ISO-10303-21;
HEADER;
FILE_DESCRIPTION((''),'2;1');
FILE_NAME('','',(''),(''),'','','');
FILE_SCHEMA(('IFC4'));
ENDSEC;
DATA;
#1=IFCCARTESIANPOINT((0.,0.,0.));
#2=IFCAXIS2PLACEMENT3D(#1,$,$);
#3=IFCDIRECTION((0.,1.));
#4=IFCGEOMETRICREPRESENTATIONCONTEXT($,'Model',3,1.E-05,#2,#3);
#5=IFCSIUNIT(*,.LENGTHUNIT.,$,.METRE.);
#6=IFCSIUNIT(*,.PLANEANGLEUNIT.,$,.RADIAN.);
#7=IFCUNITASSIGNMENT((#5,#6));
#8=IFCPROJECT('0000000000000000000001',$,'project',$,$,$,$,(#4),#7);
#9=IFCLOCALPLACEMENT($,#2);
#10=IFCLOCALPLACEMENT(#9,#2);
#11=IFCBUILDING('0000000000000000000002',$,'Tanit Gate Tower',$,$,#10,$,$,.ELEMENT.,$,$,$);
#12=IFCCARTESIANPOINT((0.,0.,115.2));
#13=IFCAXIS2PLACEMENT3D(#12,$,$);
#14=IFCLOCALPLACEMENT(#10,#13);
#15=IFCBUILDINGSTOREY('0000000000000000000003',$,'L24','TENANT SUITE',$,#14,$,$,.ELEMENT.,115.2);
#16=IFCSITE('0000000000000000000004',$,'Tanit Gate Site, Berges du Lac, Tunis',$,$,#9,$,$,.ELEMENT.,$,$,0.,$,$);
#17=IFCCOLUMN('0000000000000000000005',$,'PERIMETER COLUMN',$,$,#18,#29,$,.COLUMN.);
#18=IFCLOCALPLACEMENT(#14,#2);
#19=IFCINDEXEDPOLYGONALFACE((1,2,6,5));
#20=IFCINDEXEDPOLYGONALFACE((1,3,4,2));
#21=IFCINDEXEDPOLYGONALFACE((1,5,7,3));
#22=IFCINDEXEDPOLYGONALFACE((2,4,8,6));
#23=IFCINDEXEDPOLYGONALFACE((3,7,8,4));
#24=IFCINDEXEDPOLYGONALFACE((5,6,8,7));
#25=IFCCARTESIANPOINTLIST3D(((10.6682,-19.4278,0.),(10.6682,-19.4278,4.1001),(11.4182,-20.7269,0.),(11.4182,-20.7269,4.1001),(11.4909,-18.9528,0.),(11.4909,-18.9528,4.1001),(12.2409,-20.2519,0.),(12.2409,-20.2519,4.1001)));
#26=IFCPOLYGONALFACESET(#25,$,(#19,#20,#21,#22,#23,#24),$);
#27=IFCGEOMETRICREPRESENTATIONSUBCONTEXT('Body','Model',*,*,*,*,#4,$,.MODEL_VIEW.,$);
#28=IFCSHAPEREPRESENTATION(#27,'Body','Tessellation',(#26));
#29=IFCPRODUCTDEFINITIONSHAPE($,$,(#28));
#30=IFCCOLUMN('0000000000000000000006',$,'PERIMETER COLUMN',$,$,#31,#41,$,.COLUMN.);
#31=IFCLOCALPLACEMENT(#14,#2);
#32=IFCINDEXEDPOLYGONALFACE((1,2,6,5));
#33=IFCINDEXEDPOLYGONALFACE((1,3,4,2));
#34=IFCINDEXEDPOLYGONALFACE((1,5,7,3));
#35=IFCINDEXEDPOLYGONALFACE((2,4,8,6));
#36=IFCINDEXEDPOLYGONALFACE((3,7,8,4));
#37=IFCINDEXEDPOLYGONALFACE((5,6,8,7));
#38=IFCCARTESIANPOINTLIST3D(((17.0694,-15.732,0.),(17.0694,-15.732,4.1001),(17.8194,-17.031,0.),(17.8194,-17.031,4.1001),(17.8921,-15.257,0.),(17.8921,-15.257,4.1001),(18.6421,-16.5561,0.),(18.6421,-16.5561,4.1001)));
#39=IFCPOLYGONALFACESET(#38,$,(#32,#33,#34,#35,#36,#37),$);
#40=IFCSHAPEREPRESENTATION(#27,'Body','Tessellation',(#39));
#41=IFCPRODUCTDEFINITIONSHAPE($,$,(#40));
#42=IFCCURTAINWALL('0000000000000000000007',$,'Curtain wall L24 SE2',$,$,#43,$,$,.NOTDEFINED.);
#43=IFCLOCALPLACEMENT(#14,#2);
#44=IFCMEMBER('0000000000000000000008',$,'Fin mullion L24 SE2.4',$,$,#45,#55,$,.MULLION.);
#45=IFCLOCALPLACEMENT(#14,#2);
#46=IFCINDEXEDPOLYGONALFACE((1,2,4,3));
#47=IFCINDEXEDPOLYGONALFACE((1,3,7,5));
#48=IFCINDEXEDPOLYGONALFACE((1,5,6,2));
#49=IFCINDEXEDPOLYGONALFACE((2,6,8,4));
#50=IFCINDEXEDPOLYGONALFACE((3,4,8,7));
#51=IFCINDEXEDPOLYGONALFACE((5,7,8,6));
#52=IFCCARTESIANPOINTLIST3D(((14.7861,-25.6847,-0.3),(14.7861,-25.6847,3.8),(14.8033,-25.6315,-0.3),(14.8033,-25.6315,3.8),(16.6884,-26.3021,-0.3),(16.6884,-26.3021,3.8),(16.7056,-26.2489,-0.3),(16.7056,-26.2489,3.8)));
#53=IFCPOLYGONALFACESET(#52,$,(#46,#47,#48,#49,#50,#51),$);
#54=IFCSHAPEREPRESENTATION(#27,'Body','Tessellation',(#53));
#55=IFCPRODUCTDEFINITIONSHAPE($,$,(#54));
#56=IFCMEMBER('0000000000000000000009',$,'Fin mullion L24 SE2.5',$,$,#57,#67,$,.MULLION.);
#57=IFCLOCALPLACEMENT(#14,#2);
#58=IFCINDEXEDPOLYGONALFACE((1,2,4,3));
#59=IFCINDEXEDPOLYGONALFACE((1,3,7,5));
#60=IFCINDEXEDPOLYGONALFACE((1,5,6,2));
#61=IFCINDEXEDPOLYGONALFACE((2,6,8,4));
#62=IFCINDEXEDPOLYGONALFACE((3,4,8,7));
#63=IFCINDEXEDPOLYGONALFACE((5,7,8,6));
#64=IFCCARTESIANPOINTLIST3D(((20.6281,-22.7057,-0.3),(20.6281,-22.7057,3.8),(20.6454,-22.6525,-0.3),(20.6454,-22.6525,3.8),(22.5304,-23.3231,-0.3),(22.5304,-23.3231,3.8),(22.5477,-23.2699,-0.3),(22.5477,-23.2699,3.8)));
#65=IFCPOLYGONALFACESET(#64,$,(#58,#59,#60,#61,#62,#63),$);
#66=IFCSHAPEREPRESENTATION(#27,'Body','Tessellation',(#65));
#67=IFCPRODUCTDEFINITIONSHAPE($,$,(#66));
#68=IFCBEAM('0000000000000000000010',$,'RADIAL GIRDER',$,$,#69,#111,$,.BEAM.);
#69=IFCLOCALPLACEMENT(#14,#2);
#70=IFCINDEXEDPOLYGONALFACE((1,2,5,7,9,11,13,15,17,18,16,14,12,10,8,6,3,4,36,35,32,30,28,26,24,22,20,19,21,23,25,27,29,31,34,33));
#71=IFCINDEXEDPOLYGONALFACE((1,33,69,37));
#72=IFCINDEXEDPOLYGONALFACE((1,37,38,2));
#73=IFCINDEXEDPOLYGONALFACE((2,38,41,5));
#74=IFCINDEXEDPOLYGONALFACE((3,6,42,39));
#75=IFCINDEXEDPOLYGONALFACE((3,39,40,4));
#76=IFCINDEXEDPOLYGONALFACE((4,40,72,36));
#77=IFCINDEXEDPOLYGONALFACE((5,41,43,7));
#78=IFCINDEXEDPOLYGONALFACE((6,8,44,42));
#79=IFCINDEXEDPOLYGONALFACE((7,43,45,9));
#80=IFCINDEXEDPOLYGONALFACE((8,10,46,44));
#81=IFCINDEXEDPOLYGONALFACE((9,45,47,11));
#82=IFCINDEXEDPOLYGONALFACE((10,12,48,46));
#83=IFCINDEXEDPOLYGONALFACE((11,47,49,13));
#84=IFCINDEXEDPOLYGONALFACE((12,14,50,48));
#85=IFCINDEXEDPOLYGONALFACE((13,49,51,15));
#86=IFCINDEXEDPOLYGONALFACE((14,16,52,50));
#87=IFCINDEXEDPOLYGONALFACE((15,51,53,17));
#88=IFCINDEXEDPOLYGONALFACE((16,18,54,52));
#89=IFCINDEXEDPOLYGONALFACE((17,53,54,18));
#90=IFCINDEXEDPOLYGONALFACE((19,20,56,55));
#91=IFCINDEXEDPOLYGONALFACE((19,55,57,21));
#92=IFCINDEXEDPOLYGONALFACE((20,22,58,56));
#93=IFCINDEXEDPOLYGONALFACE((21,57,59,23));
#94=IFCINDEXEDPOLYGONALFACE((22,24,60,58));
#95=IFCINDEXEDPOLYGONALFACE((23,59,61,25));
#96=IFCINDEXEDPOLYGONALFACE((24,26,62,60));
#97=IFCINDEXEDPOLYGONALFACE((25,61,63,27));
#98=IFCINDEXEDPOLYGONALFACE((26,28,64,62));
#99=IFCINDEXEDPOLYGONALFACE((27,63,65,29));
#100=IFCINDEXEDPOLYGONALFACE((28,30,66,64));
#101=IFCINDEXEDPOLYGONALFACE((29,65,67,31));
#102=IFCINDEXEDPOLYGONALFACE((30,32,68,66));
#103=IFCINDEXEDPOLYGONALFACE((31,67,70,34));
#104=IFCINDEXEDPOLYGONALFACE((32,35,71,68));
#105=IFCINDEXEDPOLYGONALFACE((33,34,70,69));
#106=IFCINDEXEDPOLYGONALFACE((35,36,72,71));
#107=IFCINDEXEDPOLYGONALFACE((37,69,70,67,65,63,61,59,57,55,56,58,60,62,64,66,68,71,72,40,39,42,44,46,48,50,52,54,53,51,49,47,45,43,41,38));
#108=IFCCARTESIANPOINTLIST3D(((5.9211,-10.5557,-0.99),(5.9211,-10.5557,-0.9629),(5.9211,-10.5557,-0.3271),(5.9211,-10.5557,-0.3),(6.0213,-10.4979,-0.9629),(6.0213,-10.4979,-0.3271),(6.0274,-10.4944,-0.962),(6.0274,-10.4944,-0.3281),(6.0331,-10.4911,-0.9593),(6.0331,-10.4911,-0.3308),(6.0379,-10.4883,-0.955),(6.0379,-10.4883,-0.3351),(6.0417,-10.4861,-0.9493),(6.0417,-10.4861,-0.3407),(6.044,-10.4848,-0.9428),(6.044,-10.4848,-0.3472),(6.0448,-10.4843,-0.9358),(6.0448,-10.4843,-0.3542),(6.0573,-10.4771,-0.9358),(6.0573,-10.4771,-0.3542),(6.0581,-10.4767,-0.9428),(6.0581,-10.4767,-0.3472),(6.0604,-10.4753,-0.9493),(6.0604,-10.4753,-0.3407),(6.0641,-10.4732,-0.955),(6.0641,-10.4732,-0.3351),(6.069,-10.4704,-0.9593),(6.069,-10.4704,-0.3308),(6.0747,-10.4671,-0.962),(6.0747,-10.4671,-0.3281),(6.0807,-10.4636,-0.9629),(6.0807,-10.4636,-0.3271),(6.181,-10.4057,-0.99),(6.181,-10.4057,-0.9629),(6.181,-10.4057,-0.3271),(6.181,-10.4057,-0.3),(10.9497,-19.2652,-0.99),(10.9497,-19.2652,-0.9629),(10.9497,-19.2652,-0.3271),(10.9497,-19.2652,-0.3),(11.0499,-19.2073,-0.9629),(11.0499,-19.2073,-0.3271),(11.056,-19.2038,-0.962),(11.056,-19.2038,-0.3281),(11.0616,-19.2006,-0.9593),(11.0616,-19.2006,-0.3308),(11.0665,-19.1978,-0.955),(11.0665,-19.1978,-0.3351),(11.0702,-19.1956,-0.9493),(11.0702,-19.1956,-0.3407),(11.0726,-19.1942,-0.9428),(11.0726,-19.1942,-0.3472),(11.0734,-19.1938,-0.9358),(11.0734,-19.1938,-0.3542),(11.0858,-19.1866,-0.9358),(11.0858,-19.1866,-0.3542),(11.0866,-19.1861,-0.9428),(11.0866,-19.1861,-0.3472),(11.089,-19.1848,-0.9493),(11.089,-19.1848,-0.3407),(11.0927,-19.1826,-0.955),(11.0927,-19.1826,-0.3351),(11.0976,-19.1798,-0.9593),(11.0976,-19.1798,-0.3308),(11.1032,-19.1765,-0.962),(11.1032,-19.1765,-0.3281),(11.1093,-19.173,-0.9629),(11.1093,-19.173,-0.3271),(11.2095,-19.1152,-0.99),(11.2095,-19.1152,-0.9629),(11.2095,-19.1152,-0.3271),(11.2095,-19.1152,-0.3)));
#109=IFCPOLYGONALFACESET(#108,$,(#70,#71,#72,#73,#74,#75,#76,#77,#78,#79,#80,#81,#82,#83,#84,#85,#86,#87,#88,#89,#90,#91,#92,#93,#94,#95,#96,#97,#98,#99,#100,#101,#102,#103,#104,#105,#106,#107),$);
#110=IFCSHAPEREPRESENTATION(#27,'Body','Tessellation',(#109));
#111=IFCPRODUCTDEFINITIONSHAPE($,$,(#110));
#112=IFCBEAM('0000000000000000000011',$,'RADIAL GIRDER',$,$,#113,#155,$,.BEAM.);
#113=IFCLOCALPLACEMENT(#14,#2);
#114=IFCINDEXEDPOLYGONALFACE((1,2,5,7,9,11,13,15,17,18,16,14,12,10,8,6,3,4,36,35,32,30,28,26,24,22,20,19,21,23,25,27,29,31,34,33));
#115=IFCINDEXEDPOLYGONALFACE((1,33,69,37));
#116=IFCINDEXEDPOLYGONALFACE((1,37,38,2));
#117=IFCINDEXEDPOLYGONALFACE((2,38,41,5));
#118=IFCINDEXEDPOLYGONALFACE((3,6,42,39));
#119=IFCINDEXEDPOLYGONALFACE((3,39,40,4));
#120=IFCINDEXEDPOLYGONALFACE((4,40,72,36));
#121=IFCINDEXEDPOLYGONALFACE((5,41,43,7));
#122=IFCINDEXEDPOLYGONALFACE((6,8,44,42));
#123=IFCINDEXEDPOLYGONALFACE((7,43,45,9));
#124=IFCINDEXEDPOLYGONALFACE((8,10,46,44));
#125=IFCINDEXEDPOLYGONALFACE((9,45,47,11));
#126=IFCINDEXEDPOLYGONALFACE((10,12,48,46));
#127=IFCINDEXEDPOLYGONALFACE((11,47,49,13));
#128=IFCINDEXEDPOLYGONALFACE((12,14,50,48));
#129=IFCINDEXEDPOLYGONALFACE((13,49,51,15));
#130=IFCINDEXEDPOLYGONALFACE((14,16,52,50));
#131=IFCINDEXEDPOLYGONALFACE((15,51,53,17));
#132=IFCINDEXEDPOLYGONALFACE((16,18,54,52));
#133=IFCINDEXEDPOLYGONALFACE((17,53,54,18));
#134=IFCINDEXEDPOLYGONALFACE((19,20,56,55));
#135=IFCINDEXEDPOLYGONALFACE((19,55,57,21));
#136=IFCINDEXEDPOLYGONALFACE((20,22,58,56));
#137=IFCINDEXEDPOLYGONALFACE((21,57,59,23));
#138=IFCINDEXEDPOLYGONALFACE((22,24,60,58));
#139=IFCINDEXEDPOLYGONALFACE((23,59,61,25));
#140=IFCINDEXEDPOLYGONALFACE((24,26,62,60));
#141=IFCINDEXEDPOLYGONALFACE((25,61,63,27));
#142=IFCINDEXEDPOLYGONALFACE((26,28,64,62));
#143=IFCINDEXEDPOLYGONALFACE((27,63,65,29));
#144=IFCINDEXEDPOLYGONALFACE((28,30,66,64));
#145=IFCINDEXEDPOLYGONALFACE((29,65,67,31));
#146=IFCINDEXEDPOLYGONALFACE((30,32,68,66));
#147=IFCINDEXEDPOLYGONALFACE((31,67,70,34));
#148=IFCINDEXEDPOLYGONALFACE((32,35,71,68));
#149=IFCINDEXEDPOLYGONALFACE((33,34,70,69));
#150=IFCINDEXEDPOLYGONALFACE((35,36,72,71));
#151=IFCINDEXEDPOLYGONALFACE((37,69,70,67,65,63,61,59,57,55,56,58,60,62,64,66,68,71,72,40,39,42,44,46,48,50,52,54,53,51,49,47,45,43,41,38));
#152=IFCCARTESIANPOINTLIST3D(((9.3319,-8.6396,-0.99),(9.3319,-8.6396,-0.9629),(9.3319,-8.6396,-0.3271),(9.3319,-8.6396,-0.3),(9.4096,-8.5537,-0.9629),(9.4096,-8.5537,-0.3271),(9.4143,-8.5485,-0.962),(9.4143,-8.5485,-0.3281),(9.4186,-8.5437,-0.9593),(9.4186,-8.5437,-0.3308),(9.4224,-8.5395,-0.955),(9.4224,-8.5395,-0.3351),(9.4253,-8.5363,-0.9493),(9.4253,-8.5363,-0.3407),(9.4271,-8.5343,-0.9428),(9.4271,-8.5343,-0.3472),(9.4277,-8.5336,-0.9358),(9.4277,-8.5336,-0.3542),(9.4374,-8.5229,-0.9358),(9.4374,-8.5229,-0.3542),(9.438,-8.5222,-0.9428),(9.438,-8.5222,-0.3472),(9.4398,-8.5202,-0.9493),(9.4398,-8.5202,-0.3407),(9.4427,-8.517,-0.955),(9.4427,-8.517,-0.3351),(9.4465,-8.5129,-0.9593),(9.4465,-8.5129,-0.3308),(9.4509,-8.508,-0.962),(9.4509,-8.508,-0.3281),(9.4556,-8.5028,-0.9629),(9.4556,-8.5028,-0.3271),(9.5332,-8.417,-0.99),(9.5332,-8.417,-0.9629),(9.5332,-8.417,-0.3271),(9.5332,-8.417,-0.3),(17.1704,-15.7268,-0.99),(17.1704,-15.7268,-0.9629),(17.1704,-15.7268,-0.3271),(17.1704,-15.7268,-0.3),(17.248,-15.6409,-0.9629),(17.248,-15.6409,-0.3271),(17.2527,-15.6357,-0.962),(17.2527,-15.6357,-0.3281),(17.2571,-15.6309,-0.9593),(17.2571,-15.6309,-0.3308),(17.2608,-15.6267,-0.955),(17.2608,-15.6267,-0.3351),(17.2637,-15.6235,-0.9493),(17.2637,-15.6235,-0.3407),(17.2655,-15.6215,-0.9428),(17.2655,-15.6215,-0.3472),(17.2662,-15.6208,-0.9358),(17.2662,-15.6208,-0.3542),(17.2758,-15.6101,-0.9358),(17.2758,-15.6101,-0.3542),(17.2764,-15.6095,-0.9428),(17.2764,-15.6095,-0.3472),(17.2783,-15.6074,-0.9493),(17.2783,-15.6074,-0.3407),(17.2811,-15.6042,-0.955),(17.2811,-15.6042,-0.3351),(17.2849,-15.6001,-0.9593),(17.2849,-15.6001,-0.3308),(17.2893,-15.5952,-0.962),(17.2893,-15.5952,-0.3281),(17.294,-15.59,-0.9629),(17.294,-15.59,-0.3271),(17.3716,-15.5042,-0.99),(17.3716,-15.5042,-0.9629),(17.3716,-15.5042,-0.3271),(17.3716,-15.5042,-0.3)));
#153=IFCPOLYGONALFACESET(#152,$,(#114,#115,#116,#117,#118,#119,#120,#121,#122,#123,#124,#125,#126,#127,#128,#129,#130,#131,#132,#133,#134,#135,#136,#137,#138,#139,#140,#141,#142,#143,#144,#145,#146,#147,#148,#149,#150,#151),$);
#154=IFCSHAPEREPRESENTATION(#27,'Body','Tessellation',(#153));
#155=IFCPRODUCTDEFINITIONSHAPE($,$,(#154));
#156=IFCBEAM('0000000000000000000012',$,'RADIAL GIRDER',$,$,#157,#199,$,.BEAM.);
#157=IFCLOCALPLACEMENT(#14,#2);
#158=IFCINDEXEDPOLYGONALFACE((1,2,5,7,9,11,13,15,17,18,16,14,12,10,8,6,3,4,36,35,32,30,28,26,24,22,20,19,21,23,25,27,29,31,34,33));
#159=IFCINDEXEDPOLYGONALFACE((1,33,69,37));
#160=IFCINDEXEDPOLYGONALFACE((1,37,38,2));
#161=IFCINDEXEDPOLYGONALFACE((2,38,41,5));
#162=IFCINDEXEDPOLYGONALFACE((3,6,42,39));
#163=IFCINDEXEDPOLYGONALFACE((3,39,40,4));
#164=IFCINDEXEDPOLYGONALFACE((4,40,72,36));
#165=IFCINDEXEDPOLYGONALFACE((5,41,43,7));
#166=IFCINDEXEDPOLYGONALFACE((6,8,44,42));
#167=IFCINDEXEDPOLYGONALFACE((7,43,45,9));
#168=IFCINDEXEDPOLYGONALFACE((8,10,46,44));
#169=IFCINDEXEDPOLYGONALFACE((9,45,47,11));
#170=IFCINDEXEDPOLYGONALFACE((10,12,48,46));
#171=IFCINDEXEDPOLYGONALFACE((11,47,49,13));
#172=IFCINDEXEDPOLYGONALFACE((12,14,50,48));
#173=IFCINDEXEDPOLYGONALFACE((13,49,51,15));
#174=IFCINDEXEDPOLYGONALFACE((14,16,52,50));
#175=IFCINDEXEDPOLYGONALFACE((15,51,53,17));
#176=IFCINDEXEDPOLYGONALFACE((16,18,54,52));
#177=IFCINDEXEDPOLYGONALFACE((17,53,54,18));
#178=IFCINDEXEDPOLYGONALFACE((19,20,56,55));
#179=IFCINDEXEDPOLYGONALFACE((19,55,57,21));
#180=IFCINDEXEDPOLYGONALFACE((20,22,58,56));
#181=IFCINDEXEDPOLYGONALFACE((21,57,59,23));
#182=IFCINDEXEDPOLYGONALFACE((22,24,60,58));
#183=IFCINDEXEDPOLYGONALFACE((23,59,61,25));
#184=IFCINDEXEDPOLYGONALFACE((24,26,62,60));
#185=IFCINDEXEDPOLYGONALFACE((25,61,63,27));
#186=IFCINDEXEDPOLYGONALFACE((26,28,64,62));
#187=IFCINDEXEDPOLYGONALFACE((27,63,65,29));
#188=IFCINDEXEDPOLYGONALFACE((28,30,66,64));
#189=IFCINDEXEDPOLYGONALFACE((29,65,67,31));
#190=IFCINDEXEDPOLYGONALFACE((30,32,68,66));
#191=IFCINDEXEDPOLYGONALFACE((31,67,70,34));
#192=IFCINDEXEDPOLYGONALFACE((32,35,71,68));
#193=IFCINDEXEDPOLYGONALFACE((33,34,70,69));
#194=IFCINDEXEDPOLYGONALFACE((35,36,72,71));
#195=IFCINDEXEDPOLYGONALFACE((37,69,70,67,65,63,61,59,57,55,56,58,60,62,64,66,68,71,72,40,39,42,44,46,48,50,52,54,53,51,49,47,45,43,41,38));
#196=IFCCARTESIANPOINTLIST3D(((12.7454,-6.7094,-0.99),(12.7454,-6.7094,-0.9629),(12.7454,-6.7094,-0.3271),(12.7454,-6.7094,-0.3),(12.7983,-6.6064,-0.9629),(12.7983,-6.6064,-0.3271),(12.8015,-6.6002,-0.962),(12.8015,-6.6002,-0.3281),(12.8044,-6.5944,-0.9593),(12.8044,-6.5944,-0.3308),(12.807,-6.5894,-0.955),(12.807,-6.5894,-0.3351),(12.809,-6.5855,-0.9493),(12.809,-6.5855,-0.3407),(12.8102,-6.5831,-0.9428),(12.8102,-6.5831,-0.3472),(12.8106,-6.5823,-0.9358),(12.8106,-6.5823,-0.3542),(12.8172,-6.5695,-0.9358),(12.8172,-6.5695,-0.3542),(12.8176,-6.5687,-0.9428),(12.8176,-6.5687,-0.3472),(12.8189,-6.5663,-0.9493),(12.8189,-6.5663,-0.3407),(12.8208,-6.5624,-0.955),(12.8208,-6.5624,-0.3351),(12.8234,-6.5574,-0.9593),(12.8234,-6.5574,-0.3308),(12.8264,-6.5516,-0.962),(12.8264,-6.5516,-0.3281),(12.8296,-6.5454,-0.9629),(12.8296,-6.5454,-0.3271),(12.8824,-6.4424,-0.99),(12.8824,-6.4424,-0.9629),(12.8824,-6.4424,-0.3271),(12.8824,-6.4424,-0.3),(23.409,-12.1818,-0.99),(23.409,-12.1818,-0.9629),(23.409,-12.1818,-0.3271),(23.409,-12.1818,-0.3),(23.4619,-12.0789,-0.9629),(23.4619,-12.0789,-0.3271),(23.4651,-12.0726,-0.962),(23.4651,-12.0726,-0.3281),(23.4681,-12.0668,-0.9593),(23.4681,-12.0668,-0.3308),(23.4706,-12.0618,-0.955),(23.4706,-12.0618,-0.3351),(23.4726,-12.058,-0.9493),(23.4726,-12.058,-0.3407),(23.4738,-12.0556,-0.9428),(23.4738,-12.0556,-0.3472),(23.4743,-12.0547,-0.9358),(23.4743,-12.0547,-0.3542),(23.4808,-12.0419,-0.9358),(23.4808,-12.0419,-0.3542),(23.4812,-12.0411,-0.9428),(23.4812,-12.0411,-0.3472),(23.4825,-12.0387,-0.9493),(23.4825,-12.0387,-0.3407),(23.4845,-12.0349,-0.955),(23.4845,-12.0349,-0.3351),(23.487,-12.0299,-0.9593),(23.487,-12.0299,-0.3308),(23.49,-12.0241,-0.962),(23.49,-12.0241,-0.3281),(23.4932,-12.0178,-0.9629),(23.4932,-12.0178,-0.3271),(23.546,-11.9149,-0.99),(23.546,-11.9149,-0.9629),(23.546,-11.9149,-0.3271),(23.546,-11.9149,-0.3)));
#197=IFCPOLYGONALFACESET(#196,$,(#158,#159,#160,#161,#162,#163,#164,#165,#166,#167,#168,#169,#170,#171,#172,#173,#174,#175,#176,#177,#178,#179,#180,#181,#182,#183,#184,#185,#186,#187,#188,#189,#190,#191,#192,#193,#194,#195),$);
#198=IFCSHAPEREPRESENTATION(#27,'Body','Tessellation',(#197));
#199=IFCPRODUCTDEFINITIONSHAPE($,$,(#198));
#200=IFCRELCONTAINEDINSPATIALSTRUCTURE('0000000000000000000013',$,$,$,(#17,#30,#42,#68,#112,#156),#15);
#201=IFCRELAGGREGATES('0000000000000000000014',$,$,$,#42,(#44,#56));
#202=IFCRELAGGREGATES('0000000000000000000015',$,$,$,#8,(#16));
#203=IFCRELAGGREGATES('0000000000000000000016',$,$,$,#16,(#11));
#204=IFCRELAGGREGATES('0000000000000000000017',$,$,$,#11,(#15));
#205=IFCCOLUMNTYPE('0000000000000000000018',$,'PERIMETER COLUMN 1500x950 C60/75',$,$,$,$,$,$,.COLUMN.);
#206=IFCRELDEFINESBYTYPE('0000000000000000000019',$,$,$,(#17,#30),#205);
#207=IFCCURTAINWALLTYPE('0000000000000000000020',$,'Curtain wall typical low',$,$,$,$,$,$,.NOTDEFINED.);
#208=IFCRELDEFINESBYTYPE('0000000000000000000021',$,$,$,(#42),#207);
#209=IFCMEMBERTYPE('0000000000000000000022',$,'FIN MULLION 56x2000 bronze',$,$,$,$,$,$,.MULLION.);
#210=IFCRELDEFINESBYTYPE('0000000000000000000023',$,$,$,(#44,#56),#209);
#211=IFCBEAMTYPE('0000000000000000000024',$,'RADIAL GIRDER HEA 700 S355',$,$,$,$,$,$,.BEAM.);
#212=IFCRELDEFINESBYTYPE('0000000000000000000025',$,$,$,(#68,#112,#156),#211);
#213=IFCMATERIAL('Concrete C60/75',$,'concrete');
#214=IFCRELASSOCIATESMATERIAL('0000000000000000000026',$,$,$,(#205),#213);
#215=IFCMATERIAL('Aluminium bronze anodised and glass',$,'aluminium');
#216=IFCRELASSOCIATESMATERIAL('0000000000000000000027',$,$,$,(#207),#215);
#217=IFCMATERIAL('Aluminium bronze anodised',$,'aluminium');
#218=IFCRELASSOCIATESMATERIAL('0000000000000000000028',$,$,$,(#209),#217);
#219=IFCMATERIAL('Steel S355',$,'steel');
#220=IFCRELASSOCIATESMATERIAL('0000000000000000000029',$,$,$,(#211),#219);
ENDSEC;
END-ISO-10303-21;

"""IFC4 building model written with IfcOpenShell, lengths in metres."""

from ifc_helpers import new_model, si_unit, direction, frame, origin, origin_2d, place, context, subcontext, project, spatial, rectangle, i_section, extrude, material, material_profile, profile_set, type_object, element, aggregate, save


model = new_model("IFC4")

# Units and contexts
model_context = context("Model", 3, precision=1e-05, world=origin(), true_north=direction((0.0, 1.0)))
body_context = subcontext(model_context, "Body", "Model", "MODEL_VIEW")
ifc_project = project(units=[si_unit("LENGTHUNIT", "METRE"), si_unit("PLANEANGLEUNIT", "RADIAN")], contexts=[model_context])

# Site, building, storey
site_placement = place(None, origin())
site = spatial("IfcSite", under=ifc_project, at=site_placement, Name="Tanit Gate Site, Berges du Lac, Tunis", CompositionType="ELEMENT", RefElevation=0.0)
building_placement = place(site_placement, origin())
building = spatial("IfcBuilding", under=site, at=building_placement, Name="Tanit Gate Tower", CompositionType="ELEMENT")
storey_placement = place(building_placement, frame((0.0, 0.0, 115.2)))
storey = spatial("IfcBuildingStorey", under=building, at=storey_placement, Name="L24", Description="TENANT SUITE", CompositionType="ELEMENT", Elevation=115.2)

# Columns
ifc_material_1 = material(Name="Concrete C60/75", Category="concrete")
ifc_material_profile_1 = material_profile(ifc_material_1, rectangle(XDim=1.5, YDim=0.95, at=origin_2d()), Name="RC 1500x950")
ifc_profile_set_1 = profile_set([ifc_material_profile_1], Name="Concrete C60/75")
column_type = type_object("IfcColumnType", Name="PERIMETER COLUMN 1500x950 C60/75", PredefinedType="COLUMN", material=ifc_profile_set_1)
for number, where, z_axis, x_axis, name in (
    (1, (11.4546, -19.8398, 0.0), (0.0, 0.0, 1.0), (0.5, -0.866025, 0.0), "PERIMETER COLUMN"),
    (2, (17.8557, -16.144, 0.0), (0.0, 0.0, 1.0), (0.5, -0.866025, 0.0), "PERIMETER COLUMN"),
):
    element("IfcColumn", number, at=place(storey_placement, frame(where, z_axis=z_axis, x_axis=x_axis)), inside=storey, type_object=column_type, Name=name, PredefinedType="COLUMN", context=body_context, shape_type="SweptSolid", body=[
        extrude(rectangle(XDim=1.5, YDim=0.95, at=origin_2d()), origin(), (0.0, 0.0, 1.0), 4.1001),
    ])

# Curtain wall, members
ifc_material_2 = material(Name="Aluminium bronze anodised and glass", Category="aluminium")
curtain_wall_type = type_object("IfcCurtainWallType", Name="Curtain wall typical low", PredefinedType="NOTDEFINED", material=ifc_material_2)
curtain_wall_placement = place(storey_placement, origin())
curtain_wall = element("IfcCurtainWall", 3, at=curtain_wall_placement, inside=storey, type_object=curtain_wall_type, Name="Curtain wall L24 SE2", PredefinedType="NOTDEFINED")
ifc_material_3 = material(Name="Aluminium bronze anodised", Category="aluminium")
ifc_material_profile_2 = material_profile(ifc_material_3, rectangle(XDim=2.0, YDim=0.0559, at=origin_2d()), Name="56x2000 bronze fin mullion")
ifc_profile_set_2 = profile_set([ifc_material_profile_2], Name="Aluminium bronze anodised")
member_type_1 = type_object("IfcMemberType", Name="FIN MULLION 56x2000 bronze", PredefinedType="MULLION", material=ifc_profile_set_2)
member_1_placement = place(storey_placement, frame((15.7458, -25.9668, -0.3), z_axis=(0.0, 0.0, 1.0), x_axis=(-0.95116, 0.3087, 0.0)))
member_1 = element("IfcMember", 4, at=member_1_placement, type_object=member_type_1, Name="Fin mullion L24 SE2.4", PredefinedType="MULLION", context=body_context, shape_type="SweptSolid", body=[
    extrude(rectangle(XDim=2.0, YDim=0.0559, at=origin_2d()), origin(), (0.0, 0.0, 1.0), 4.1001),
])
member_2_placement = place(storey_placement, frame((21.5879, -22.9878, -0.3), z_axis=(0.0, 0.0, 1.0), x_axis=(-0.95116, 0.3087, 0.0)))
member_2 = element("IfcMember", 5, at=member_2_placement, type_object=member_type_1, Name="Fin mullion L24 SE2.5", PredefinedType="MULLION", context=body_context, shape_type="SweptSolid", body=[
    extrude(rectangle(XDim=2.0, YDim=0.0559, at=origin_2d()), origin(), (0.0, 0.0, 1.0), 4.1001),
])

# Beams
ifc_material_4 = material(Name="Steel S355", Category="steel")
ifc_material_profile_3 = material_profile(ifc_material_4, i_section(OverallWidth=0.3, OverallDepth=0.6899, WebThickness=0.0144, FlangeThickness=0.0271, FilletRadius=0.0271, at=origin_2d()), Name="HEA 700")
ifc_profile_set_3 = profile_set([ifc_material_profile_3], Name="Steel S355")
beam_type = type_object("IfcBeamType", Name="RADIAL GIRDER HEA 700 S355", PredefinedType="BEAM", material=ifc_profile_set_3)
beam_1_placement = place(storey_placement, frame((11.0796, -19.1902, -0.645), z_axis=(-0.500011, 0.866019, 0.0), x_axis=(-0.866019, -0.500011, 0.0)))
element("IfcBeam", 6, at=beam_1_placement, inside=storey, type_object=beam_type, Name="RADIAL GIRDER", PredefinedType="BEAM", context=body_context, shape_type="SweptSolid", body=[
    extrude(i_section(OverallWidth=0.3, OverallDepth=0.6899, WebThickness=0.0144, FlangeThickness=0.0271, FilletRadius=0.0271, at=origin_2d()), origin(), (0.0, 0.0, 1.0), 10.0569),
])
beam_2_placement = place(storey_placement, frame((17.271, -15.6155, -0.645), z_axis=(-0.741757, 0.670668, 0.0), x_axis=(-0.670668, -0.741757, 0.0)))
element("IfcBeam", 7, at=beam_2_placement, inside=storey, type_object=beam_type, Name="RADIAL GIRDER", PredefinedType="BEAM", context=body_context, shape_type="SweptSolid", body=[
    extrude(i_section(OverallWidth=0.3, OverallDepth=0.6899, WebThickness=0.0144, FlangeThickness=0.0271, FilletRadius=0.0271, at=origin_2d()), origin(), (0.0, 0.0, 1.0), 10.5674),
])
beam_3_placement = place(storey_placement, frame((23.4775, -12.0483, -0.645), z_axis=(-0.889685, 0.456575, 0.0), x_axis=(-0.456575, -0.889685, 0.0)))
element("IfcBeam", 8, at=beam_3_placement, inside=storey, type_object=beam_type, Name="RADIAL GIRDER", PredefinedType="BEAM", context=body_context, shape_type="SweptSolid", body=[
    extrude(i_section(OverallWidth=0.3, OverallDepth=0.6899, WebThickness=0.0144, FlangeThickness=0.0271, FilletRadius=0.0271, at=origin_2d()), origin(), (0.0, 0.0, 1.0), 11.9858),
])

aggregate(curtain_wall, [member_1, member_2])

save(model, "model.ifc")
